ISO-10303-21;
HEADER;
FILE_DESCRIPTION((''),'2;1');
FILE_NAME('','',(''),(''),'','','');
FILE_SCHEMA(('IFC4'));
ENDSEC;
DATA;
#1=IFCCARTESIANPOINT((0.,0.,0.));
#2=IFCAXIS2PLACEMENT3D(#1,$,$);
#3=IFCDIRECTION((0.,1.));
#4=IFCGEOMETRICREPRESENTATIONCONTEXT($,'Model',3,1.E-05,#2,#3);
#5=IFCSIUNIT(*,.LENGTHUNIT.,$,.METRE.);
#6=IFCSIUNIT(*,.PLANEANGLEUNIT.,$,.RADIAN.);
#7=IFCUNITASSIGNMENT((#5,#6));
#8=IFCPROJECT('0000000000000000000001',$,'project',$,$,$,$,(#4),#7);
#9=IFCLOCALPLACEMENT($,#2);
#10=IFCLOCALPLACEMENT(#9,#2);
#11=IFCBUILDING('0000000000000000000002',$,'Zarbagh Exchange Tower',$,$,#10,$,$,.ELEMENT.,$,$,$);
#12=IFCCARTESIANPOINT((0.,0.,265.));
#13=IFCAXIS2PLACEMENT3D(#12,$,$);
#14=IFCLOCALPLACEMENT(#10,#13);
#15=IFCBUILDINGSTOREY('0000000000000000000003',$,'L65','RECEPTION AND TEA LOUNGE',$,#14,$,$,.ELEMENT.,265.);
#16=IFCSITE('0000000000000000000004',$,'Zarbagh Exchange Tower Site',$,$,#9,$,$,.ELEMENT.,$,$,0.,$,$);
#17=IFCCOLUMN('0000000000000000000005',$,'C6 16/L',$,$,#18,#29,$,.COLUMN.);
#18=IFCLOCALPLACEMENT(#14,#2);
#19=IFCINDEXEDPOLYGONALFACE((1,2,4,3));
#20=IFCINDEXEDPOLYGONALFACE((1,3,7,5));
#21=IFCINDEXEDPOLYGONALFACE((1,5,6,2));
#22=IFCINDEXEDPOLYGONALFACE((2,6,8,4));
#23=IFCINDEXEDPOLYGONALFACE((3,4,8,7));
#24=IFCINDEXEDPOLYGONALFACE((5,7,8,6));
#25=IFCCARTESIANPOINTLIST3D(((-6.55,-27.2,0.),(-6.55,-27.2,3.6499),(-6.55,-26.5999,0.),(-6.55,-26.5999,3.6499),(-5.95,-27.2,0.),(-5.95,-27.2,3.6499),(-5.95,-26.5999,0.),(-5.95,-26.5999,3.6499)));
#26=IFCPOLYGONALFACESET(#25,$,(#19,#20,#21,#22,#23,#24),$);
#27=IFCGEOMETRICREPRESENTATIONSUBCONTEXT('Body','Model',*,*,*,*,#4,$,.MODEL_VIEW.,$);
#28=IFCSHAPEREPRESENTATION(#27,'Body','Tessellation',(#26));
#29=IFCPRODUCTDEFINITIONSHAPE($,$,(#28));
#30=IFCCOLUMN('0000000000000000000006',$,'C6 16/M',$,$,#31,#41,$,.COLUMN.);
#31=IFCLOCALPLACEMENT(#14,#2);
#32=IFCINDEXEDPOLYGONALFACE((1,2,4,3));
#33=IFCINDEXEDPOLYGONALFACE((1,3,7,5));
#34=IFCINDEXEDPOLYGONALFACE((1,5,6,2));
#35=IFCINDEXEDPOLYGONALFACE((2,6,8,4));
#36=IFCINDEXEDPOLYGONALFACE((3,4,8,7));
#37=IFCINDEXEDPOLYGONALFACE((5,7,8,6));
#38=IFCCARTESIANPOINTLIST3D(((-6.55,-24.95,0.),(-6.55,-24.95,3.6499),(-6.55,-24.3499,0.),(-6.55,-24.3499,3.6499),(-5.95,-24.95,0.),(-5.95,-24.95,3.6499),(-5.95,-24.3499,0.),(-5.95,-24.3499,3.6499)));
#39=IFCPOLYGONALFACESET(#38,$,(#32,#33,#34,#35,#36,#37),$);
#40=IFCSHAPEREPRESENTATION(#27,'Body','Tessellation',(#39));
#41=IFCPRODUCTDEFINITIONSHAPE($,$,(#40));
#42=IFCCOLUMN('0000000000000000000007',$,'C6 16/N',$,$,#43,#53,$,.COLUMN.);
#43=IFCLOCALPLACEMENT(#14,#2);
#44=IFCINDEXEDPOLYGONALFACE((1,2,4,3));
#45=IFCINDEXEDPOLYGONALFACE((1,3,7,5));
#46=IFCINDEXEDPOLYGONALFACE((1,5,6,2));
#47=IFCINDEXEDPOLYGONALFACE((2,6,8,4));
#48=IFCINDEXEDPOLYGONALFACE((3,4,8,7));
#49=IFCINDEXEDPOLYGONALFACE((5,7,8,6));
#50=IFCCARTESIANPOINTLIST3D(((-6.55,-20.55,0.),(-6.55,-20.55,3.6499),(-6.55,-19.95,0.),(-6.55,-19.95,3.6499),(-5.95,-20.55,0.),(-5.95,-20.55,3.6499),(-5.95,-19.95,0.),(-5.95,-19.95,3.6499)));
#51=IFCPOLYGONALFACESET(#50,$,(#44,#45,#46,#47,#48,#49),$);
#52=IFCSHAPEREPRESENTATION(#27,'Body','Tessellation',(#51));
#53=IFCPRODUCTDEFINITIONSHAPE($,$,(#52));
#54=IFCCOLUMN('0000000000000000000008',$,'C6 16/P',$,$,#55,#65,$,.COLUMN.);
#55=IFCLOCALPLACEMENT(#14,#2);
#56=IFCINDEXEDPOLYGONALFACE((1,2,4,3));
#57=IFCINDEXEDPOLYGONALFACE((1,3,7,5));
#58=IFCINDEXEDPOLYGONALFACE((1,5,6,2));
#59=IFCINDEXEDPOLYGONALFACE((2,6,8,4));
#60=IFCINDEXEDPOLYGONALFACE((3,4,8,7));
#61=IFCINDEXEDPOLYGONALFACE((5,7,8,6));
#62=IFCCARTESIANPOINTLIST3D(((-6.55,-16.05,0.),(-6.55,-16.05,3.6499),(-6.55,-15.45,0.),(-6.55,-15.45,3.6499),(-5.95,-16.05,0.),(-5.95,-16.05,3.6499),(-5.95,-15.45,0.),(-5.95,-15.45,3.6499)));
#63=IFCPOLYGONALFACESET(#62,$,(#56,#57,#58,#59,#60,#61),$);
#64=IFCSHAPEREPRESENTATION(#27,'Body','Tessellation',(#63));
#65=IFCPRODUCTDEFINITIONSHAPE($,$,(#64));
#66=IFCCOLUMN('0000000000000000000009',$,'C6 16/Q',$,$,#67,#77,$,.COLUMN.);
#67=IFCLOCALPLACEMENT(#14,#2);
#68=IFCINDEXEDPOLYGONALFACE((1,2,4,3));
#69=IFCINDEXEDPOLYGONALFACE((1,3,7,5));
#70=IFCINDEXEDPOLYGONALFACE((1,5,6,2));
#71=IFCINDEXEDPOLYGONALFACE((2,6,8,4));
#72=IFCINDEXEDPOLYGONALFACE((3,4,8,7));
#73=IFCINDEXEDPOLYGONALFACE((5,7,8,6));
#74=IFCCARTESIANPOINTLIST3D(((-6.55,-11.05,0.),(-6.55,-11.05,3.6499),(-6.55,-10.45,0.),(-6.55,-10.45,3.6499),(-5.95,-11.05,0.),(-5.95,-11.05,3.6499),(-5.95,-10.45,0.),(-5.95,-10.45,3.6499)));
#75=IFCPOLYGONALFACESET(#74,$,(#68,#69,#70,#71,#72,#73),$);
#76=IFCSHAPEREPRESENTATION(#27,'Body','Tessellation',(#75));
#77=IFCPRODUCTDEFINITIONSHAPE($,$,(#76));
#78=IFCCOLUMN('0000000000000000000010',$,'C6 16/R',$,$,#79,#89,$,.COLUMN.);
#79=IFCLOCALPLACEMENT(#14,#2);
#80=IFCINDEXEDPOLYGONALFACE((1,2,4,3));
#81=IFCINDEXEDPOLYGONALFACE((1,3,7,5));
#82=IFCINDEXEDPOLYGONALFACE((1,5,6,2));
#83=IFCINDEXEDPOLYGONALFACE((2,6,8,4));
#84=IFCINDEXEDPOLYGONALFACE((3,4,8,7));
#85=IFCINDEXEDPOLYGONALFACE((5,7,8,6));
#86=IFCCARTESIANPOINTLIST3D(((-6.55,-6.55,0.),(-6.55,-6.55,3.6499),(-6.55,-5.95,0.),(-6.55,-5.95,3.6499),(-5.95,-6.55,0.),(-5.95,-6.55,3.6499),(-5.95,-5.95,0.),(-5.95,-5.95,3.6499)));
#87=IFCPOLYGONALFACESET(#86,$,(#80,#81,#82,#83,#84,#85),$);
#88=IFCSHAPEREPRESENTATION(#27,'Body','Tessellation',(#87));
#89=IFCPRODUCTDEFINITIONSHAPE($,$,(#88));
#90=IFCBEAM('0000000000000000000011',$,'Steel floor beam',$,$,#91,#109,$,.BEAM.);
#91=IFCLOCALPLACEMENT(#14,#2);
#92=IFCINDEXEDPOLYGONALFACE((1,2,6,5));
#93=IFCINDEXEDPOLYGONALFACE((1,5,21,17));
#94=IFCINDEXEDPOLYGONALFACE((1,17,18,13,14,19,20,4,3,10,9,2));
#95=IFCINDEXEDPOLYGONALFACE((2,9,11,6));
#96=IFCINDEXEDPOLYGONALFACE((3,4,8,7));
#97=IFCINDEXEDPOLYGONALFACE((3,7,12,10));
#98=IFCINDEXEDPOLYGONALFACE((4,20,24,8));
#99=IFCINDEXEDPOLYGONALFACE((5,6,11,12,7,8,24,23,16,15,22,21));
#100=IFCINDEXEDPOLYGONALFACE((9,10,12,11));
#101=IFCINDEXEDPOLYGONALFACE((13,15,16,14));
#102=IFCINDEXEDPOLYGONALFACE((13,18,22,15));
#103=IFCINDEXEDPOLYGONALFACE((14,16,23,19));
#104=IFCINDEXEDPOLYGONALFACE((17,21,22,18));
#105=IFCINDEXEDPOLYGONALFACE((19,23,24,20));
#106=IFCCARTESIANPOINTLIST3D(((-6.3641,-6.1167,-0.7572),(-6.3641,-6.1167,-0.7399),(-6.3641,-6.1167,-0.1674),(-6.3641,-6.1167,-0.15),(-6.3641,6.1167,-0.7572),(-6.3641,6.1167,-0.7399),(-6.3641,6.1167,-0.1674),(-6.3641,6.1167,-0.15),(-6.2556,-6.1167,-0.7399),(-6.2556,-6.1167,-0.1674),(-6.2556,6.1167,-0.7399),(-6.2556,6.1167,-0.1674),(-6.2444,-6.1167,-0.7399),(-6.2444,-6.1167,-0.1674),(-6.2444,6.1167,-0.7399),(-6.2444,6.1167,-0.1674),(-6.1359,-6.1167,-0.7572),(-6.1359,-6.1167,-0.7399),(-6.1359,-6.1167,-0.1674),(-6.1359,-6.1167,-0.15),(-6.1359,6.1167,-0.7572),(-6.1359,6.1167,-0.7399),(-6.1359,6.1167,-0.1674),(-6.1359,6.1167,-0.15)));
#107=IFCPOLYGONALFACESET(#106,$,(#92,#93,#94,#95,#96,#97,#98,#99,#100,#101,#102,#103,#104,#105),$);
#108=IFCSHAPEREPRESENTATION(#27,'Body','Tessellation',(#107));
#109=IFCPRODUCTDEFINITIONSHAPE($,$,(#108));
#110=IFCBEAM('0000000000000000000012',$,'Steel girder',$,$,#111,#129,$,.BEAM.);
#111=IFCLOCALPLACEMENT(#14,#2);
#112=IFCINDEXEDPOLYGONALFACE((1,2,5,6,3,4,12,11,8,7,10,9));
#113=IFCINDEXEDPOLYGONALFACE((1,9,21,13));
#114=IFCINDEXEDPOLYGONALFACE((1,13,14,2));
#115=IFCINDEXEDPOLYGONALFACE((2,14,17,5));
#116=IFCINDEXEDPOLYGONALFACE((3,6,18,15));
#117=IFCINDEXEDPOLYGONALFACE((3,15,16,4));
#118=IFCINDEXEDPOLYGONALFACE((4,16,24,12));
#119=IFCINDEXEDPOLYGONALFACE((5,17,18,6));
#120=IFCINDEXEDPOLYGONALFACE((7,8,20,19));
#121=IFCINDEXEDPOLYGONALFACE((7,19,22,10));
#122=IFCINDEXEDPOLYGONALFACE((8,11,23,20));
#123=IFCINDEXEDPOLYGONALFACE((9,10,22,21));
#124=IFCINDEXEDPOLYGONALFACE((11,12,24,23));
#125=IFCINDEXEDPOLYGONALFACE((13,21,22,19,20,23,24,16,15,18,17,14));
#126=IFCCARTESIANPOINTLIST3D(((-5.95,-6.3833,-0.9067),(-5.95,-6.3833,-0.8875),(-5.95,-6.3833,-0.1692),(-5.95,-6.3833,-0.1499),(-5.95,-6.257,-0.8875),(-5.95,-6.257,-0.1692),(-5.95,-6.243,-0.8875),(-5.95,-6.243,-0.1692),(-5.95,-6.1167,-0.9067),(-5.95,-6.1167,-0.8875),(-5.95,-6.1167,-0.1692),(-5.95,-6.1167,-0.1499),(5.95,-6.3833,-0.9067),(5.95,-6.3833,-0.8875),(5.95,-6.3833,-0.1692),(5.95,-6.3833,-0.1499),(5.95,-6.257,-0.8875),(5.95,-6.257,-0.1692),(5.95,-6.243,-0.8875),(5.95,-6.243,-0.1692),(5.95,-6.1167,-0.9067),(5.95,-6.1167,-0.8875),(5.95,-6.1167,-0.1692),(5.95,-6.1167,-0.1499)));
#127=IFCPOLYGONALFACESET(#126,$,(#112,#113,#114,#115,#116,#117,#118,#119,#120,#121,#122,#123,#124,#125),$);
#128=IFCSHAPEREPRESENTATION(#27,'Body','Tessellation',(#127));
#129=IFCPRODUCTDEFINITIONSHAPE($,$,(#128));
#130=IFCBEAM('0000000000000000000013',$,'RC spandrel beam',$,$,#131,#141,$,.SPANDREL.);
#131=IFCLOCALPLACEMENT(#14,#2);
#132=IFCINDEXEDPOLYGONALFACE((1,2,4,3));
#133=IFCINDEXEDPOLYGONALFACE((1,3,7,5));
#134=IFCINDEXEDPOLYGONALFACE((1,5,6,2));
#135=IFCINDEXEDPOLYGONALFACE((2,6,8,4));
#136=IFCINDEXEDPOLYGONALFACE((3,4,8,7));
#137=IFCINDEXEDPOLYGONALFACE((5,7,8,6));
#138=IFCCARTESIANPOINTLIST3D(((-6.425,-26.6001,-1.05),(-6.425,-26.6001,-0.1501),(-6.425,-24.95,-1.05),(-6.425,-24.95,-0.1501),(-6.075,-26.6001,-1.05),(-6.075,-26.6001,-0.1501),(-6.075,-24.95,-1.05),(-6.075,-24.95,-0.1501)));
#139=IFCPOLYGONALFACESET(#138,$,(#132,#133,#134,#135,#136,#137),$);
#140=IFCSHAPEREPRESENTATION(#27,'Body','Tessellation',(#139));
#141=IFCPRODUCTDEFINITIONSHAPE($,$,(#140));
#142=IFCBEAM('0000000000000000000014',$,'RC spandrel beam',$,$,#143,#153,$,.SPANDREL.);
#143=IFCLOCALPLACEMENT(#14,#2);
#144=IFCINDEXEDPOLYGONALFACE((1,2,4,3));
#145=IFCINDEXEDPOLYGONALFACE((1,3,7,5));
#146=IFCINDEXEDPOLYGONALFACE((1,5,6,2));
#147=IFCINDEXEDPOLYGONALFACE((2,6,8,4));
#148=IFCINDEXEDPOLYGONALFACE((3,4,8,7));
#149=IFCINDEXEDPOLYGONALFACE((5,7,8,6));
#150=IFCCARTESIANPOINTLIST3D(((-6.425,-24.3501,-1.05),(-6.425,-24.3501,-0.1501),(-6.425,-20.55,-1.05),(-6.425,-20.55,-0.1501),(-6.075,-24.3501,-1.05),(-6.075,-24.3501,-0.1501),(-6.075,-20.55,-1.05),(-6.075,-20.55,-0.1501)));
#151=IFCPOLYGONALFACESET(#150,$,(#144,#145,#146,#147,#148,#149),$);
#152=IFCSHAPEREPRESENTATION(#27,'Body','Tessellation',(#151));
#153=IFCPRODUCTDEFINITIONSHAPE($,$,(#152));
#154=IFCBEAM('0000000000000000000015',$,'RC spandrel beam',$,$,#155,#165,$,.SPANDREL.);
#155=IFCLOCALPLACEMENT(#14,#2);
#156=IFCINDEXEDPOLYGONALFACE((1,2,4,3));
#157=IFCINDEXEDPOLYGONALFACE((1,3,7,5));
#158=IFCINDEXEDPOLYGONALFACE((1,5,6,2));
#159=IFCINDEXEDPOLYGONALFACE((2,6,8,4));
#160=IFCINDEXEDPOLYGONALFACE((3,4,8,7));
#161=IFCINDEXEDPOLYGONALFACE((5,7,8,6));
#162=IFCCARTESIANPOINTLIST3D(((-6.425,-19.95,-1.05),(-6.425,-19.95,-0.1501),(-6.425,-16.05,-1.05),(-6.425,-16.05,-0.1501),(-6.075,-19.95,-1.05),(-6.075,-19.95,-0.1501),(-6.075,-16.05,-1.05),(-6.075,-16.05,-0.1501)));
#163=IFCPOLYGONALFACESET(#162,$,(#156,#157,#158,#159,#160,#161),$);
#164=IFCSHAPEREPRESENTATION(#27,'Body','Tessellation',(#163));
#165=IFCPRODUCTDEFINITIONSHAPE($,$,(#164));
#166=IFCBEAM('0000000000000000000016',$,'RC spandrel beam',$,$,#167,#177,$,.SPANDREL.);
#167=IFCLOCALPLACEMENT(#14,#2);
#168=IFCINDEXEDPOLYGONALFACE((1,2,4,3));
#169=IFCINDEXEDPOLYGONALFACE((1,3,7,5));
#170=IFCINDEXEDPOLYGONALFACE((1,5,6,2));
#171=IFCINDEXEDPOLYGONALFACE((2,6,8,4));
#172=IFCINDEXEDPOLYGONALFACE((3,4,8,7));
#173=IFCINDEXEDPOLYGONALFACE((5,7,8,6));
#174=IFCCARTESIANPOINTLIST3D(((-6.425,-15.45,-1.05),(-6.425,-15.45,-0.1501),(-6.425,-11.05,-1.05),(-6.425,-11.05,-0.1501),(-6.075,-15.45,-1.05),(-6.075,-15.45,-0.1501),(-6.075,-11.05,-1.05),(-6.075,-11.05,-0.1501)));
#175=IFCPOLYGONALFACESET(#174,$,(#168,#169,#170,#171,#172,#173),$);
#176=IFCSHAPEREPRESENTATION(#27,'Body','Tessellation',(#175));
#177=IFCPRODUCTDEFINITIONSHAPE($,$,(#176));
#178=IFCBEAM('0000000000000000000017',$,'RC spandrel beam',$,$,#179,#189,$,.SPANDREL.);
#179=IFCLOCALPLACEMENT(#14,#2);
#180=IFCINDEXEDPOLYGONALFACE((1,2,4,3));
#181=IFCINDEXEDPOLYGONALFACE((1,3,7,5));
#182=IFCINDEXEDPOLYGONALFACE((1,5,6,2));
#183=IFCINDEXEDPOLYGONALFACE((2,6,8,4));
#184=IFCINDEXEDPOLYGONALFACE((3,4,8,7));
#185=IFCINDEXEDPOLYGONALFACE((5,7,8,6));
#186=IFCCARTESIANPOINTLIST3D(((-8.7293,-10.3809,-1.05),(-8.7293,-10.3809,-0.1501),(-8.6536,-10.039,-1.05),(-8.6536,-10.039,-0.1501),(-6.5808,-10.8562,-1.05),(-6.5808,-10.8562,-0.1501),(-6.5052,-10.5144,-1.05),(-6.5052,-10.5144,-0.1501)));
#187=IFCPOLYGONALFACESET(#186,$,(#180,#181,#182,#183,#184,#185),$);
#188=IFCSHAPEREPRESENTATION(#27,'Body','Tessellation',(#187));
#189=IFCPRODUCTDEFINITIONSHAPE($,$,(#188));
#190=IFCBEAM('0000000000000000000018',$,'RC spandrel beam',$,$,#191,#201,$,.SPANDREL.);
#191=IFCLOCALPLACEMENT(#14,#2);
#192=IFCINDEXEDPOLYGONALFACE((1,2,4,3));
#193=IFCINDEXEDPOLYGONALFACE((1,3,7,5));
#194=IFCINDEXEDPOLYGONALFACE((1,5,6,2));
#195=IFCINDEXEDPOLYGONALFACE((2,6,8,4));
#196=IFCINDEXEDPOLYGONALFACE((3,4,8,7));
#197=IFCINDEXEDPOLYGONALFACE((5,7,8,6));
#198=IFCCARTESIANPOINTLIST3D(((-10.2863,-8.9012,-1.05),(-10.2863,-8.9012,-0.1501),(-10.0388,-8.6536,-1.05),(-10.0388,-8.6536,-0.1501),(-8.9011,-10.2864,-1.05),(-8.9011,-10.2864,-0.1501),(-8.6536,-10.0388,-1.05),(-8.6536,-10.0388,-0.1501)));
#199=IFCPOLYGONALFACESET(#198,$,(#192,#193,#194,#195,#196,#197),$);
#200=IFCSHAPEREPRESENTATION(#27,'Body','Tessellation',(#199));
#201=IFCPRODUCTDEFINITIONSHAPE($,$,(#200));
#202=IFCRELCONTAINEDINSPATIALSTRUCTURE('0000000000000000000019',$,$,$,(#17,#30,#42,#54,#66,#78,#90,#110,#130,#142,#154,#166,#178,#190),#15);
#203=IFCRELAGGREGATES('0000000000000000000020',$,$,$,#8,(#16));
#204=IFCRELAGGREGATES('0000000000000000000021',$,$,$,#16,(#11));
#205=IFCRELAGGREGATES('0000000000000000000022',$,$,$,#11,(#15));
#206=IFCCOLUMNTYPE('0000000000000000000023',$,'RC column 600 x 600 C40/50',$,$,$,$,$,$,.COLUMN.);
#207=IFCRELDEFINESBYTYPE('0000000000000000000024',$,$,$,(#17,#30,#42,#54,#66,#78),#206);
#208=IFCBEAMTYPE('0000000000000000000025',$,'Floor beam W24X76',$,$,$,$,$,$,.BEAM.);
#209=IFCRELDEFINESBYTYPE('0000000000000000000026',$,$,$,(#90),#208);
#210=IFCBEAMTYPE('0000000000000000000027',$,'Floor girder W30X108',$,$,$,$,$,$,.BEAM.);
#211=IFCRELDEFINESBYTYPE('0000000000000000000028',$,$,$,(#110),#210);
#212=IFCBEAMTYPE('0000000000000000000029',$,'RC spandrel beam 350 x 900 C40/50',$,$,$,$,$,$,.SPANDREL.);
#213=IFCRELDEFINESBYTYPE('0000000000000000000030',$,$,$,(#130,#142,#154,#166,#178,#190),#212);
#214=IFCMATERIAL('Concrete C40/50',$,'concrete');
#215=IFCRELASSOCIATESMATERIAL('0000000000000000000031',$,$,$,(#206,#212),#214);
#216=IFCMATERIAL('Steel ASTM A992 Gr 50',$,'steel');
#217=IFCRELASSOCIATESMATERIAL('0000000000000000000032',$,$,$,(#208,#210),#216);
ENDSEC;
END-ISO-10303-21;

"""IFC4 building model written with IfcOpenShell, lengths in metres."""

from ifc_helpers import new_model, si_unit, direction, frame, origin, origin_2d, place, context, subcontext, project, spatial, rectangle, i_section, extrude, material, material_profile, profile_set, type_object, element, save


model = new_model("IFC4")

# Units and contexts
model_context = context("Model", 3, precision=1e-05, world=origin(), true_north=direction((0.0, 1.0)))
body_context = subcontext(model_context, "Body", "Model", "MODEL_VIEW")
ifc_project = project(units=[si_unit("LENGTHUNIT", "METRE"), si_unit("PLANEANGLEUNIT", "RADIAN")], contexts=[model_context])

# Site, building, storey
site_placement = place(None, origin())
site = spatial("IfcSite", under=ifc_project, at=site_placement, Name="Zarbagh Exchange Tower Site", CompositionType="ELEMENT", RefElevation=0.0)
building_placement = place(site_placement, origin())
building = spatial("IfcBuilding", under=site, at=building_placement, Name="Zarbagh Exchange Tower", CompositionType="ELEMENT")
storey_placement = place(building_placement, frame((0.0, 0.0, 265.0)))
storey = spatial("IfcBuildingStorey", under=building, at=storey_placement, Name="L65", Description="RECEPTION AND TEA LOUNGE", CompositionType="ELEMENT", Elevation=265.0)

# Columns
ifc_material_1 = material(Name="Concrete C40/50", Category="concrete")
ifc_material_profile_1 = material_profile(ifc_material_1, rectangle(XDim=0.6001, YDim=0.6001, at=origin_2d()), Name="RC column 600 x 600 C40/50")
ifc_profile_set_1 = profile_set([ifc_material_profile_1], Name="Concrete C40/50")
column_type = type_object("IfcColumnType", Name="RC column 600 x 600 C40/50", PredefinedType="COLUMN", material=ifc_profile_set_1)
for number, where, z_axis, x_axis, name in (
    (1, (-6.25, -26.8999, 0.0), (0.0, 0.0, 1.0), (1.0, 0.0, 0.0), "C6 16/L"),
    (2, (-6.25, -24.6499, 0.0), (0.0, 0.0, 1.0), (1.0, 0.0, 0.0), "C6 16/M"),
    (3, (-6.25, -20.25, 0.0), (0.0, 0.0, 1.0), (1.0, 0.0, 0.0), "C6 16/N"),
    (4, (-6.25, -15.75, 0.0), (0.0, 0.0, 1.0), (1.0, 0.0, 0.0), "C6 16/P"),
    (5, (-6.25, -10.75, 0.0), (0.0, 0.0, 1.0), (1.0, 0.0, 0.0), "C6 16/Q"),
    (6, (-6.25, -6.25, 0.0), (0.0, 0.0, 1.0), (1.0, 0.0, 0.0), "C6 16/R"),
):
    element("IfcColumn", number, at=place(storey_placement, frame(where, z_axis=z_axis, x_axis=x_axis)), inside=storey, type_object=column_type, Name=name, PredefinedType="COLUMN", context=body_context, shape_type="SweptSolid", body=[
        extrude(rectangle(XDim=0.6001, YDim=0.6001, at=origin_2d()), origin(), (0.0, 0.0, 1.0), 3.6499),
    ])

# Beams
ifc_material_2 = material(Name="Steel ASTM A992 Gr 50", Category="steel")
ifc_material_profile_2 = material_profile(ifc_material_2, i_section(OverallWidth=0.2283, OverallDepth=0.6072, WebThickness=0.0112, FlangeThickness=0.0173, at=origin_2d()), Name="W24X76")
ifc_profile_set_2 = profile_set([ifc_material_profile_2], Name="Steel ASTM A992 Gr 50")
beam_type_1 = type_object("IfcBeamType", Name="Floor beam W24X76", PredefinedType="BEAM", material=ifc_profile_set_2)
beam_1_placement = place(storey_placement, frame((-6.25, -6.1167, -0.4536), z_axis=(0.0, 1.0, 0.0), x_axis=(-1.0, 0.0, 0.0)))
element("IfcBeam", 7, at=beam_1_placement, inside=storey, type_object=beam_type_1, Name="Steel floor beam", PredefinedType="BEAM", context=body_context, shape_type="SweptSolid", body=[
    extrude(i_section(OverallWidth=0.2283, OverallDepth=0.6072, WebThickness=0.0112, FlangeThickness=0.0173, at=origin_2d()), origin(), (0.0, 0.0, 1.0), 12.2334),
])
ifc_material_profile_3 = material_profile(ifc_material_2, i_section(OverallWidth=0.2666, OverallDepth=0.7568, WebThickness=0.0139, FlangeThickness=0.0193, at=origin_2d()), Name="W30X108")
ifc_profile_set_3 = profile_set([ifc_material_profile_3], Name="Steel ASTM A992 Gr 50")
beam_type_2 = type_object("IfcBeamType", Name="Floor girder W30X108", PredefinedType="BEAM", material=ifc_profile_set_3)
beam_2_placement = place(storey_placement, frame((-5.95, -6.25, -0.5283), z_axis=(1.0, 0.0, 0.0), x_axis=(0.0, 1.0, 0.0)))
element("IfcBeam", 8, at=beam_2_placement, inside=storey, type_object=beam_type_2, Name="Steel girder", PredefinedType="BEAM", context=body_context, shape_type="SweptSolid", body=[
    extrude(i_section(OverallWidth=0.2666, OverallDepth=0.7568, WebThickness=0.0139, FlangeThickness=0.0193, at=origin_2d()), origin(), (0.0, 0.0, 1.0), 11.8999),
])
ifc_material_profile_4 = material_profile(ifc_material_1, rectangle(XDim=0.3501, YDim=0.8999, at=origin_2d()), Name="RC spandrel beam 350 x 900 C40/50")
ifc_profile_set_4 = profile_set([ifc_material_profile_4], Name="Concrete C40/50")
beam_type_3 = type_object("IfcBeamType", Name="RC spandrel beam 350 x 900 C40/50", PredefinedType="SPANDREL", material=ifc_profile_set_4)
beam_3_placement = place(storey_placement, frame((-6.25, -26.6001, -0.6001), z_axis=(0.0, 1.0, 0.0), x_axis=(-1.0, 0.0, 0.0)))
element("IfcBeam", 9, at=beam_3_placement, inside=storey, type_object=beam_type_3, Name="RC spandrel beam", PredefinedType="SPANDREL", context=body_context, shape_type="SweptSolid", body=[
    extrude(rectangle(XDim=0.3501, YDim=0.8999, at=origin_2d()), origin(), (0.0, 0.0, 1.0), 1.6501),
])
beam_4_placement = place(storey_placement, frame((-6.25, -24.3501, -0.6001), z_axis=(0.0, 1.0, 0.0), x_axis=(-1.0, 0.0, 0.0)))
element("IfcBeam", 10, at=beam_4_placement, inside=storey, type_object=beam_type_3, Name="RC spandrel beam", PredefinedType="SPANDREL", context=body_context, shape_type="SweptSolid", body=[
    extrude(rectangle(XDim=0.3501, YDim=0.8999, at=origin_2d()), origin(), (0.0, 0.0, 1.0), 3.8),
])
beam_5_placement = place(storey_placement, frame((-6.25, -19.95, -0.6001), z_axis=(0.0, 1.0, 0.0), x_axis=(-1.0, 0.0, 0.0)))
element("IfcBeam", 11, at=beam_5_placement, inside=storey, type_object=beam_type_3, Name="RC spandrel beam", PredefinedType="SPANDREL", context=body_context, shape_type="SweptSolid", body=[
    extrude(rectangle(XDim=0.3501, YDim=0.8999, at=origin_2d()), origin(), (0.0, 0.0, 1.0), 3.8999),
])
beam_6_placement = place(storey_placement, frame((-6.25, -15.45, -0.6001), z_axis=(0.0, 1.0, 0.0), x_axis=(-1.0, 0.0, 0.0)))
element("IfcBeam", 12, at=beam_6_placement, inside=storey, type_object=beam_type_3, Name="RC spandrel beam", PredefinedType="SPANDREL", context=body_context, shape_type="SweptSolid", body=[
    extrude(rectangle(XDim=0.3501, YDim=0.8999, at=origin_2d()), origin(), (0.0, 0.0, 1.0), 4.3999),
])
beam_7_placement = place(storey_placement, frame((-6.543, -10.6853, -0.6001), z_axis=(-0.976388, 0.216026, 0.0), x_axis=(-0.216026, -0.976388, 0.0)))
element("IfcBeam", 13, at=beam_7_placement, inside=storey, type_object=beam_type_3, Name="RC spandrel beam", PredefinedType="SPANDREL", context=body_context, shape_type="SweptSolid", body=[
    extrude(rectangle(XDim=0.3501, YDim=0.8999, at=origin_2d()), origin(), (0.0, 0.0, 1.0), 2.2004),
])
beam_8_placement = place(storey_placement, frame((-8.7773, -10.1626, -0.6001), z_axis=(-0.707107, 0.707107, 0.0), x_axis=(-0.707107, -0.707107, 0.0)))
element("IfcBeam", 14, at=beam_8_placement, inside=storey, type_object=beam_type_3, Name="RC spandrel beam", PredefinedType="SPANDREL", context=body_context, shape_type="SweptSolid", body=[
    extrude(rectangle(XDim=0.3501, YDim=0.8999, at=origin_2d()), origin(), (0.0, 0.0, 1.0), 1.959),
])

save(model, "model.ifc")
